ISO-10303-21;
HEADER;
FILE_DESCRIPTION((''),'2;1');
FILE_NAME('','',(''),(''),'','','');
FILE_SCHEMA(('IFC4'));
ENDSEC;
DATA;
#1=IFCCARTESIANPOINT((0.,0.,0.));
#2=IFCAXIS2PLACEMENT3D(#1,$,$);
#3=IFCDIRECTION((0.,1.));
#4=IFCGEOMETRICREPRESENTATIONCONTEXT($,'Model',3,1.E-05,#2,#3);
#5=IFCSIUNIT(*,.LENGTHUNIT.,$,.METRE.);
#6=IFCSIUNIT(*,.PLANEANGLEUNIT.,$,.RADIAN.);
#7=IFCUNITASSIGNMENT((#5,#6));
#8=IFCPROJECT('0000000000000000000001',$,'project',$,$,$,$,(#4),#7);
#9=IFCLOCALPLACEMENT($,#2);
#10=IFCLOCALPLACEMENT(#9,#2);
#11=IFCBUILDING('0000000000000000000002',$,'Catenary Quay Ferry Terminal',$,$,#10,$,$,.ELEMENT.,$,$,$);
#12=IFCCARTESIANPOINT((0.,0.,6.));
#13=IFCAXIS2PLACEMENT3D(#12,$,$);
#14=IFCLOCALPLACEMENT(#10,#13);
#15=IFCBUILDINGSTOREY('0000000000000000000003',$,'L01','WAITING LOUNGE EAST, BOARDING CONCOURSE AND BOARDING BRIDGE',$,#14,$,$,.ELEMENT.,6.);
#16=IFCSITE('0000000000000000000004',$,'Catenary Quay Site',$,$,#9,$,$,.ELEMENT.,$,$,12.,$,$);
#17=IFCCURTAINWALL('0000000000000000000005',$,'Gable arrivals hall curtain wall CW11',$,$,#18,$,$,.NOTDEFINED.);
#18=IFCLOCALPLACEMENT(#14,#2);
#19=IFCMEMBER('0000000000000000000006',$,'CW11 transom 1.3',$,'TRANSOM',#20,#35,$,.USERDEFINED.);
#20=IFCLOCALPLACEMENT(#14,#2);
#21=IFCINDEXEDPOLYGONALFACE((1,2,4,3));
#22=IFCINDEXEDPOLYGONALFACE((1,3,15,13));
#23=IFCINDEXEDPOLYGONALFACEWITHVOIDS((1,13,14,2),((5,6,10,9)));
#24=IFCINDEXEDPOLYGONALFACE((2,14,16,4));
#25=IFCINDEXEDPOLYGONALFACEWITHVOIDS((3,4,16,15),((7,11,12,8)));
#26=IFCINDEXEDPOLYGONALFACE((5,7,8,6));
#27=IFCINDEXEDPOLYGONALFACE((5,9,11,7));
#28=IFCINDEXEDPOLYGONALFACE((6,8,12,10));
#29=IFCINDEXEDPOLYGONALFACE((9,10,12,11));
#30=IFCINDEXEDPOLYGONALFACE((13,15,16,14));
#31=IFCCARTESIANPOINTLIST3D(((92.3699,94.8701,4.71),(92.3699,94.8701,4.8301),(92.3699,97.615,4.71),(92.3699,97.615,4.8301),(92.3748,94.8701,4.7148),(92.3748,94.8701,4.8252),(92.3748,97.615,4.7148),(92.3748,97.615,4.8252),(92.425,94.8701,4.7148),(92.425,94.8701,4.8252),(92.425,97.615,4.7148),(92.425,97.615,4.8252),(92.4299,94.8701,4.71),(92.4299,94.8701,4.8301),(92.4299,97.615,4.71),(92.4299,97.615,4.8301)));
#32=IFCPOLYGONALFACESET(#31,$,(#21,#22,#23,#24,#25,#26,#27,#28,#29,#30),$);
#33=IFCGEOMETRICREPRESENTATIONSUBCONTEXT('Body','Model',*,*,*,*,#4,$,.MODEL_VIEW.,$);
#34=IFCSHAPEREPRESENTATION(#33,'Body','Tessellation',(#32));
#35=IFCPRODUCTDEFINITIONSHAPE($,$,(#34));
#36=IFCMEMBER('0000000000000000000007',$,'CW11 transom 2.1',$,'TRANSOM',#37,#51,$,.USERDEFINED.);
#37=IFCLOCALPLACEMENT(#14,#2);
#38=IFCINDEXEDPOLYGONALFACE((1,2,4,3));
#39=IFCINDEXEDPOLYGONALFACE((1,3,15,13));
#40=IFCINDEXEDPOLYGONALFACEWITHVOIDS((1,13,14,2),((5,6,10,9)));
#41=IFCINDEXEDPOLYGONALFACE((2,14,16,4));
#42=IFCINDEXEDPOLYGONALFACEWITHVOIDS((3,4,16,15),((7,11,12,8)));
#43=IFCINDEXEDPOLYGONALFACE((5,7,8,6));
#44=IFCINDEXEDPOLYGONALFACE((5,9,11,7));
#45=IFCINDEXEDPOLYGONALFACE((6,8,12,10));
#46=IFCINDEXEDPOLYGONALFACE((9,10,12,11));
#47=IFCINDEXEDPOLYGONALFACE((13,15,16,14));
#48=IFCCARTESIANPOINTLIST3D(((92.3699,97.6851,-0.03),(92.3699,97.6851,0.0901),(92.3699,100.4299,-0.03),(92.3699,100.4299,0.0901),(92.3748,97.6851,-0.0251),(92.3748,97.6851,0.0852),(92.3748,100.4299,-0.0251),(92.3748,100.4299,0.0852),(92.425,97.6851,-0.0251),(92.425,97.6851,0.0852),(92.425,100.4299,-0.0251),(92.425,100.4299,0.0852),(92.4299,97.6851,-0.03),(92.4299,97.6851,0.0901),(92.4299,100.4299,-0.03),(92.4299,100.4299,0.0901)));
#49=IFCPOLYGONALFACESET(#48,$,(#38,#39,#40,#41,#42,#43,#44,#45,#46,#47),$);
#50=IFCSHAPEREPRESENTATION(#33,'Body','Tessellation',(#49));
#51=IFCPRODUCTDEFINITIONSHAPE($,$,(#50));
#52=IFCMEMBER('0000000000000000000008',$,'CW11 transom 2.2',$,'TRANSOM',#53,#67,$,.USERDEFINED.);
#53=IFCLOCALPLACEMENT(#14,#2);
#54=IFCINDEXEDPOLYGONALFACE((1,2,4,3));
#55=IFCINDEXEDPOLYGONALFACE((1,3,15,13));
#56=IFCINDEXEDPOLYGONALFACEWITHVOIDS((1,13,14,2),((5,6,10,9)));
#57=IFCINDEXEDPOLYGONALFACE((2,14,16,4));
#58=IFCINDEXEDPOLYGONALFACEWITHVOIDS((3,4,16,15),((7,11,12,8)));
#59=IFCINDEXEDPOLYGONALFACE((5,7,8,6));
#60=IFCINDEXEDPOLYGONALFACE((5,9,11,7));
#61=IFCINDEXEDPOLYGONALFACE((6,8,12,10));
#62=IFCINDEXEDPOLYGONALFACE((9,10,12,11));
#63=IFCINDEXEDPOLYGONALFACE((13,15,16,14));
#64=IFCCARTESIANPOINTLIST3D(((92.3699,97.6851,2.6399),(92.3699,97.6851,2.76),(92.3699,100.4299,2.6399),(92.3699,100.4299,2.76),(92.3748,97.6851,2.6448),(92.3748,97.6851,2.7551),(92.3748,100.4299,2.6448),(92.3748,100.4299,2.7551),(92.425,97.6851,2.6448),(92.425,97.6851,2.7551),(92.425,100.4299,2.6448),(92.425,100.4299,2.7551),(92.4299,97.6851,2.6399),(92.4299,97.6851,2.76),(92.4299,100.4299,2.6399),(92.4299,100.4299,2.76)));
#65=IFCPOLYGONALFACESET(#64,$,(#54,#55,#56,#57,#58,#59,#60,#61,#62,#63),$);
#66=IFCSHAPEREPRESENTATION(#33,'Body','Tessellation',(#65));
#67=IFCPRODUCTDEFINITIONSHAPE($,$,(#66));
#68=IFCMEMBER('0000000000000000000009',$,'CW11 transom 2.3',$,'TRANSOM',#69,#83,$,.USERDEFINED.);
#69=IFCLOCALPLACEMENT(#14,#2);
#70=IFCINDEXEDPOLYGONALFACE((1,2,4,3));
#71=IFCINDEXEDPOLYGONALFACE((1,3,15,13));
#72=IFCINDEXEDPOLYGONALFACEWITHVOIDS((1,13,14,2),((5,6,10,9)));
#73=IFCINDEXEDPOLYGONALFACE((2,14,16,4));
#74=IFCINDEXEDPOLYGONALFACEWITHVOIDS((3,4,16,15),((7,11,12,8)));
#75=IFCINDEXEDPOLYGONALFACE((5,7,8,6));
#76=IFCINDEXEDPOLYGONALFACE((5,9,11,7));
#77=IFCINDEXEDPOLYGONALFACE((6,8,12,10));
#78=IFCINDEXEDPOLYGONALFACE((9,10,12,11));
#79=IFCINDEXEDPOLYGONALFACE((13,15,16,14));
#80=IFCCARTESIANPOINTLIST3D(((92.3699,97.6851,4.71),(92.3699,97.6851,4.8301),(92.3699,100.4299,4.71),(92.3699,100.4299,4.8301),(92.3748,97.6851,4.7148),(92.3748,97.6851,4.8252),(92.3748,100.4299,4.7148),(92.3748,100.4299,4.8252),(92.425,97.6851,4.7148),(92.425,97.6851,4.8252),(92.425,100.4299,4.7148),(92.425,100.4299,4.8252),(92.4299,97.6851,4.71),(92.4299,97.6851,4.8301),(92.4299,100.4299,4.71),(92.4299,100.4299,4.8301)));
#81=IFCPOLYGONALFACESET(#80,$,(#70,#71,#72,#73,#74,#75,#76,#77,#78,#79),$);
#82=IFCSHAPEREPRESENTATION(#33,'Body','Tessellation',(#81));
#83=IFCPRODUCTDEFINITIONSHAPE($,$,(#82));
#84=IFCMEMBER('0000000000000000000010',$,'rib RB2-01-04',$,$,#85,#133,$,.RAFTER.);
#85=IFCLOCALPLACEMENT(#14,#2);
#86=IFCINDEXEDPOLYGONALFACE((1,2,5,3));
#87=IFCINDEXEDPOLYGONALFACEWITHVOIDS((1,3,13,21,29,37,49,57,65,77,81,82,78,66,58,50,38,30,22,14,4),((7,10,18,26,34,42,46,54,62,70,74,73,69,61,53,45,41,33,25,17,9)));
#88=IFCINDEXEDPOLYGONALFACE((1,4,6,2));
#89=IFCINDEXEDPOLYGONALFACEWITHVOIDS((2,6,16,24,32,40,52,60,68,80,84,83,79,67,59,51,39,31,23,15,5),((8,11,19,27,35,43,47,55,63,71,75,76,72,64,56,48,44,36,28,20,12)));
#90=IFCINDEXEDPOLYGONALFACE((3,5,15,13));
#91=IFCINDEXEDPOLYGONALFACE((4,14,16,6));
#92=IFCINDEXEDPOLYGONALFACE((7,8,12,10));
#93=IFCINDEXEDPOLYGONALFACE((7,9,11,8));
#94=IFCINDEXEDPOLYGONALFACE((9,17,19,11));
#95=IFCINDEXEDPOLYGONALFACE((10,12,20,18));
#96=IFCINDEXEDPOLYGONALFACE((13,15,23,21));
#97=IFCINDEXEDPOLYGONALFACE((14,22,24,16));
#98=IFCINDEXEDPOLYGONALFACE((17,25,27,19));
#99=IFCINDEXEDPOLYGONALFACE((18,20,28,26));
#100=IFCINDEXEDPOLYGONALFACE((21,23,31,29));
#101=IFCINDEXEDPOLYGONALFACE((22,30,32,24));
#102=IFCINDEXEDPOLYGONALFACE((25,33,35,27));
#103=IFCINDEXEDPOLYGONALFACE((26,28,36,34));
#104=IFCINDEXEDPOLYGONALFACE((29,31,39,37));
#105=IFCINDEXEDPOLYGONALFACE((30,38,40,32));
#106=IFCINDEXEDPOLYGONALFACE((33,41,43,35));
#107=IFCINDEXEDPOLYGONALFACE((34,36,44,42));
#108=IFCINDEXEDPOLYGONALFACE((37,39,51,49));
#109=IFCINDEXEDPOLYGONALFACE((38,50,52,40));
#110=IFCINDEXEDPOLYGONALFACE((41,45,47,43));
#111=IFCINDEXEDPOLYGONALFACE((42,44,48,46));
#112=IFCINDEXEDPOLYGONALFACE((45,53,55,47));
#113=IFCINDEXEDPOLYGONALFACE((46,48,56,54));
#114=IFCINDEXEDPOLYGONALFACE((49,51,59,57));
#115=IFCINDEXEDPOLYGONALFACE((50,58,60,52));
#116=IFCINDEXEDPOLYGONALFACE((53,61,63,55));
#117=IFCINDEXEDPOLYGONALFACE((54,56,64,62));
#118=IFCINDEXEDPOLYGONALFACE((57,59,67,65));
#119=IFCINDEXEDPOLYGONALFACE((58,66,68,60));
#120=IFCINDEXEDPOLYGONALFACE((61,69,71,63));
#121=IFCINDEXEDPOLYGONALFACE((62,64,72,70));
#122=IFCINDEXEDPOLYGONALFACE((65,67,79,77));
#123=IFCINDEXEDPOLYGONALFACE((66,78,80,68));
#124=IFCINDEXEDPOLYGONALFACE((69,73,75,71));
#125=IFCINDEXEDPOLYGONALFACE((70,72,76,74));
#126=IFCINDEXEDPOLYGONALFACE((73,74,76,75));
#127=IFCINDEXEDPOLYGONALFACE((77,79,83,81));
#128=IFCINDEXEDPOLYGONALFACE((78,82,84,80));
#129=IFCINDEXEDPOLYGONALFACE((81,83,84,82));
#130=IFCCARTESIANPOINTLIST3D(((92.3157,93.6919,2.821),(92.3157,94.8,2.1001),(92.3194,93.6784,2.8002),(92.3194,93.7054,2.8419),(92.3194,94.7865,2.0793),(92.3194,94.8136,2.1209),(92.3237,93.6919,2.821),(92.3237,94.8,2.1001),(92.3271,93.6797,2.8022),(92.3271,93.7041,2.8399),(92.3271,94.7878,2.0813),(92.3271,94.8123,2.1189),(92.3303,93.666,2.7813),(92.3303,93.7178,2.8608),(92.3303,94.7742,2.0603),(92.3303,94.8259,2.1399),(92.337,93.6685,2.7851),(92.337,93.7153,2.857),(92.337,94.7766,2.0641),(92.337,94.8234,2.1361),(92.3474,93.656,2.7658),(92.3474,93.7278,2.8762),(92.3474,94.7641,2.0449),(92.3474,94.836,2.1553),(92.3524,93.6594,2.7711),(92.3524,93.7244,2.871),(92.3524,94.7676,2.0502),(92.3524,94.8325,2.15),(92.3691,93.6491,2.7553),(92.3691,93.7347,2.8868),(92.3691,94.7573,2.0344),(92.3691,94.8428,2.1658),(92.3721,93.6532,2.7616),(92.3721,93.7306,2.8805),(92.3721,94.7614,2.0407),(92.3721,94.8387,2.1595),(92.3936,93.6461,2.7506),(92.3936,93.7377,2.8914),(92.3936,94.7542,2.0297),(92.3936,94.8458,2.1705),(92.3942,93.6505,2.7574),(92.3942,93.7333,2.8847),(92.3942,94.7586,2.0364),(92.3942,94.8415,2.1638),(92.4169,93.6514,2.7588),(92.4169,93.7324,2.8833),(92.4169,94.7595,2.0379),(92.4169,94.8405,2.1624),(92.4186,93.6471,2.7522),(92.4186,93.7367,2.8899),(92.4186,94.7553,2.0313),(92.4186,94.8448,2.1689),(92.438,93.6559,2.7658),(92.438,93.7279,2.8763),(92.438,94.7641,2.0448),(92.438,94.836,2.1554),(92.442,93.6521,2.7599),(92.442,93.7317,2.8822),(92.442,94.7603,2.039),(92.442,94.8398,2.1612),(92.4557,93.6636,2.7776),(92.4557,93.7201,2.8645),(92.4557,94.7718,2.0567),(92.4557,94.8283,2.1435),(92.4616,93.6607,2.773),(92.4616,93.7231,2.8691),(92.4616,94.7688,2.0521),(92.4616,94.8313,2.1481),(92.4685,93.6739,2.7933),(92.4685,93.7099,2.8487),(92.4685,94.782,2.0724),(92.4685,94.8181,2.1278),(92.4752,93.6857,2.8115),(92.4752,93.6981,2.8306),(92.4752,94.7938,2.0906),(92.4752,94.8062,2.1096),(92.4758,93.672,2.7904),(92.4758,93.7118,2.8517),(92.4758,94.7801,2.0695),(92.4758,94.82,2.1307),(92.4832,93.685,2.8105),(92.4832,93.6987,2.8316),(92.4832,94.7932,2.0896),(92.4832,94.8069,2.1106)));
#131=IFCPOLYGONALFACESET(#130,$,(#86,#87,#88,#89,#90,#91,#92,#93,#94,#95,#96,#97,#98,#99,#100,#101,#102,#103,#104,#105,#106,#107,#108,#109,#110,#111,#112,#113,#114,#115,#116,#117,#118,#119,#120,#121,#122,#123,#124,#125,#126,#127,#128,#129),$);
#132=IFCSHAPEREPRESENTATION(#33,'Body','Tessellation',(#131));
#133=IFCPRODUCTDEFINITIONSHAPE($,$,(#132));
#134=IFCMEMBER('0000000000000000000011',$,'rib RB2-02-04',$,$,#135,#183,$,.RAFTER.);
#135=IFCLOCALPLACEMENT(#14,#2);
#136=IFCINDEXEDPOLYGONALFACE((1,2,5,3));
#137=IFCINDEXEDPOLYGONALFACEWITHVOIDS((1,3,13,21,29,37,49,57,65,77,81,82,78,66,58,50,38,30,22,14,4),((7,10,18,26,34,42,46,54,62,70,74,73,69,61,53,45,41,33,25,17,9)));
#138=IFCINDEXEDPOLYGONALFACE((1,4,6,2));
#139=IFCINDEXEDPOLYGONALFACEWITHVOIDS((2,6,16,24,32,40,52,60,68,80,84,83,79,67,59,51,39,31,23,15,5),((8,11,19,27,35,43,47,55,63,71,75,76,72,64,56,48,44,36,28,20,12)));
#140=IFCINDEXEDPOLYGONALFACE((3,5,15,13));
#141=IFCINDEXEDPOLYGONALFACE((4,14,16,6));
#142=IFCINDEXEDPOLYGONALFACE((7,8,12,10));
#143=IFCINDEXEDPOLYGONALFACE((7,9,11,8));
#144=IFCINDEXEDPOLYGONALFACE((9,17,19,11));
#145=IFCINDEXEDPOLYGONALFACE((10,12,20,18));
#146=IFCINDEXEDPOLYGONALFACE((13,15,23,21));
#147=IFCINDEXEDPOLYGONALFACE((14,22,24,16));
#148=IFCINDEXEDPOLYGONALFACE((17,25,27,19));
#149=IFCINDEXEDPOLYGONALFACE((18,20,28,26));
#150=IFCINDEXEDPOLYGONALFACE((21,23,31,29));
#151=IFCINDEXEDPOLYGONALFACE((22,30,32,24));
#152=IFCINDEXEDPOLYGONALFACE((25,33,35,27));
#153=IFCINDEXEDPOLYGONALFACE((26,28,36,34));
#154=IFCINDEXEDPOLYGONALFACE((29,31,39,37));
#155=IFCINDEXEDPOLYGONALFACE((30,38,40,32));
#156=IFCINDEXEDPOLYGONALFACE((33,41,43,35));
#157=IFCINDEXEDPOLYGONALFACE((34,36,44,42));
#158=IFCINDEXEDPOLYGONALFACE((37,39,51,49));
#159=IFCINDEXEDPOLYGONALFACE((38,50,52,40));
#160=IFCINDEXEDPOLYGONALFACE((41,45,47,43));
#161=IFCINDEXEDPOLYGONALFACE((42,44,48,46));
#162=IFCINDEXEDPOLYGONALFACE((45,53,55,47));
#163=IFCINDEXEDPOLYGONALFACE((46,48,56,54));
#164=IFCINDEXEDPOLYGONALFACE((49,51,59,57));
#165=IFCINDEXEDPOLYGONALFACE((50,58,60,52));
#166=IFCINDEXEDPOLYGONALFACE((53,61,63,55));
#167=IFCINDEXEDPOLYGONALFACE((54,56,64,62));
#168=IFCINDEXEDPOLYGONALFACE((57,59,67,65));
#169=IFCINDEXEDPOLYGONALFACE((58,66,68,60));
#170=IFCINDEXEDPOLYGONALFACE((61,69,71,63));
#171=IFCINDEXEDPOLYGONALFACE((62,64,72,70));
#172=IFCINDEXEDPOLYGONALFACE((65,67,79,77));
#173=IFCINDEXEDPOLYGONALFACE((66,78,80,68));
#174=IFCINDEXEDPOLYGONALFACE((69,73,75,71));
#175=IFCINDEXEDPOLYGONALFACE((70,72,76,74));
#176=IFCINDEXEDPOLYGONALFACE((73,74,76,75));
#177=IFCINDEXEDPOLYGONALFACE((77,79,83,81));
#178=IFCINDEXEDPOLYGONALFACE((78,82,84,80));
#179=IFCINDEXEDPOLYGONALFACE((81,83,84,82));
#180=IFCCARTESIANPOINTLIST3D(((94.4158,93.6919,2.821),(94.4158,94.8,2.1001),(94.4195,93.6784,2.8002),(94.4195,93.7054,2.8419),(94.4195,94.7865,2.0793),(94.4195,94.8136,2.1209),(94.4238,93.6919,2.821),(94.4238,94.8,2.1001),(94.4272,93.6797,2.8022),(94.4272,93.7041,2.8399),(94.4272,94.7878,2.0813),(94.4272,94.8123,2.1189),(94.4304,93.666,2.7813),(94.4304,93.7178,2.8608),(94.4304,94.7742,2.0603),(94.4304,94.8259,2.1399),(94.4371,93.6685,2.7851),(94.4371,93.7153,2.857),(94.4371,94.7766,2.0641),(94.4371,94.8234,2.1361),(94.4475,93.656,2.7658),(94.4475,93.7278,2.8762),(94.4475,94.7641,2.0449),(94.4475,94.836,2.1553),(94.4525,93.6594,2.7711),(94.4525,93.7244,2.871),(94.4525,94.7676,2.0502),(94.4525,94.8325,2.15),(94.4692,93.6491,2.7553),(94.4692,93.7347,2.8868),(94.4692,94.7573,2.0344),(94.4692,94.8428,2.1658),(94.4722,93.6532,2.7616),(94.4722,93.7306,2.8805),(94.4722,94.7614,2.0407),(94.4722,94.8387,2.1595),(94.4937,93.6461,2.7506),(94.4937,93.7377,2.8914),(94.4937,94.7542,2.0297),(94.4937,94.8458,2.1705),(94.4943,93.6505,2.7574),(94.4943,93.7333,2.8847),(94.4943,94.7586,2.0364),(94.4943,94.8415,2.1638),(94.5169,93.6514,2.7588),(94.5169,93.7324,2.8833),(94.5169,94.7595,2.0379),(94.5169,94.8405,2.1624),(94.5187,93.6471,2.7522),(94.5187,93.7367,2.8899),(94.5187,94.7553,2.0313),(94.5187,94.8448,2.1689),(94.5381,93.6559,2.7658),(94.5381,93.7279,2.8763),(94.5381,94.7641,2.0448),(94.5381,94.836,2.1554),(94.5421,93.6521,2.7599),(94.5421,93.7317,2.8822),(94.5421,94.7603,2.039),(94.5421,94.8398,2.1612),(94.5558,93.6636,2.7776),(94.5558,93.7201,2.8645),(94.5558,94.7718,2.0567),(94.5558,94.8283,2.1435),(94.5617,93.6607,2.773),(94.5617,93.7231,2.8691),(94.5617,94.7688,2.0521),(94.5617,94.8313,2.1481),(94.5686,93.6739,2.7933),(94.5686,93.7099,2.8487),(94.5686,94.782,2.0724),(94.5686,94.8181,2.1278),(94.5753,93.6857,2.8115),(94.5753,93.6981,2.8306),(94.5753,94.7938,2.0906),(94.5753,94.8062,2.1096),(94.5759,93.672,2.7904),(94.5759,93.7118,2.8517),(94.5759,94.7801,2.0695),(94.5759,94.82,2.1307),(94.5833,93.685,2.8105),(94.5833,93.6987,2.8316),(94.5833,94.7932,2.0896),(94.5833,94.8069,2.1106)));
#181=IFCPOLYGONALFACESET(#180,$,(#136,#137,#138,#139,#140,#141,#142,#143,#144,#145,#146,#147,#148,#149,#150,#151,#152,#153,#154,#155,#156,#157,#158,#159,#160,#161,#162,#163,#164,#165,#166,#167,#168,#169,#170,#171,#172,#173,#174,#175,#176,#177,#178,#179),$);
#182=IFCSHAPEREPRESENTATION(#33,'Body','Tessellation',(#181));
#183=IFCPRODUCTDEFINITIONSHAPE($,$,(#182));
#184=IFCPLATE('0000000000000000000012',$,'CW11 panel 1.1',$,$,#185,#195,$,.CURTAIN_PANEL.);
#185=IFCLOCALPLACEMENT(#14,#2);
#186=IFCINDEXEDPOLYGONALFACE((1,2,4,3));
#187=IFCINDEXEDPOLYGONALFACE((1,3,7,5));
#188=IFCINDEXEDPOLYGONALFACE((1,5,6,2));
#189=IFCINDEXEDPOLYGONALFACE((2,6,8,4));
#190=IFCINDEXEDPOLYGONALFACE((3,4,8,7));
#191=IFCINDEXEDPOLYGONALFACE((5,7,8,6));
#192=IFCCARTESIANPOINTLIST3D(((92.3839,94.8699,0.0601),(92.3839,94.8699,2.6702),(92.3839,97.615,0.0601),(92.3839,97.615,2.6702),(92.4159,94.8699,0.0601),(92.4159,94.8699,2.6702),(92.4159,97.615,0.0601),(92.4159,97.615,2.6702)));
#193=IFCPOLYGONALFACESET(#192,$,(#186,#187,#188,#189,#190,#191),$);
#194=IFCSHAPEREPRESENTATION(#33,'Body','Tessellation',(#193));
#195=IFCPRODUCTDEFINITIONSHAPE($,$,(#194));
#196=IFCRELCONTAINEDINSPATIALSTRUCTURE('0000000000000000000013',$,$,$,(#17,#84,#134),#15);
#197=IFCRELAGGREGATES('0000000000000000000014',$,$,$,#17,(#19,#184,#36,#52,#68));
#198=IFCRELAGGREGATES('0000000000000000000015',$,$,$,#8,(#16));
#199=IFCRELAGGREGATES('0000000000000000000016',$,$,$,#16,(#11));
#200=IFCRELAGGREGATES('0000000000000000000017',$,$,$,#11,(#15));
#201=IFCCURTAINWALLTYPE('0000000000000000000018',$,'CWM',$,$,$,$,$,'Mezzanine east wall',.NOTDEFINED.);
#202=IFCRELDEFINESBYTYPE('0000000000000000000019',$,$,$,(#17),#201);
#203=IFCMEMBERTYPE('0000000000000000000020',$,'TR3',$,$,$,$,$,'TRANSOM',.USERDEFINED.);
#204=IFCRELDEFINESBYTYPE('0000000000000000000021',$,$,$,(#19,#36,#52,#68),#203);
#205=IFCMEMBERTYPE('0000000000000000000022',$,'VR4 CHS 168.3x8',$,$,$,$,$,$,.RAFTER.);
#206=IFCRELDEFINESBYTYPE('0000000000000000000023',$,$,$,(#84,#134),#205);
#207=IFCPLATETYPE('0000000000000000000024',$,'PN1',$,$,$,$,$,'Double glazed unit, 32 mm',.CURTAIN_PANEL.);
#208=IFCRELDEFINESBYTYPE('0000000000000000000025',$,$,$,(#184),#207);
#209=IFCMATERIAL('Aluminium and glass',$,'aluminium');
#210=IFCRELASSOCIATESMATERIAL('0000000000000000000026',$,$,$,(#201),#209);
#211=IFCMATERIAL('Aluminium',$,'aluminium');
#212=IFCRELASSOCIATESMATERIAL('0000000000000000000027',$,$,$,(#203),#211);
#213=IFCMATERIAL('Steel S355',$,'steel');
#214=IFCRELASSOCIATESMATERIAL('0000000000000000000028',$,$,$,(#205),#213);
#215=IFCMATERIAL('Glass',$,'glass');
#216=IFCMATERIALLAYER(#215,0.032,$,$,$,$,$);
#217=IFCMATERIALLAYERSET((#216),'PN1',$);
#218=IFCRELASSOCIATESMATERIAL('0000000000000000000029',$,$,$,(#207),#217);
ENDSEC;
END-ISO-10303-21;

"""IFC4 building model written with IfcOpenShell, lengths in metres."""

from ifc_helpers import new_model, si_unit, direction, frame, origin, origin_2d, place, context, subcontext, project, spatial, rectangle, hollow_rectangle, hollow_circle, extrude, material, layer, layer_set, material_profile, profile_set, type_object, element, aggregate, save


model = new_model("IFC4")

# Units and contexts
model_context = context("Model", 3, precision=1e-05, world=origin(), true_north=direction((0.0, 1.0)))
body_context = subcontext(model_context, "Body", "Model", "MODEL_VIEW")
ifc_project = project(units=[si_unit("LENGTHUNIT", "METRE"), si_unit("PLANEANGLEUNIT", "RADIAN")], contexts=[model_context])

# Site, building, storey
site_placement = place(None, origin())
site = spatial("IfcSite", under=ifc_project, at=site_placement, Name="Catenary Quay Site", CompositionType="ELEMENT", RefElevation=12.0)
building_placement = place(site_placement, origin())
building = spatial("IfcBuilding", under=site, at=building_placement, Name="Catenary Quay Ferry Terminal", CompositionType="ELEMENT")
storey_placement = place(building_placement, frame((0.0, 0.0, 6.0)))
storey = spatial("IfcBuildingStorey", under=building, at=storey_placement, Name="L01", Description="WAITING LOUNGE EAST, BOARDING CONCOURSE AND BOARDING BRIDGE", CompositionType="ELEMENT", Elevation=6.0)

# Curtain wall
ifc_material_1 = material(Name="Aluminium and glass", Category="aluminium")
curtain_wall_type_1 = type_object("IfcCurtainWallType", Name="CWM", ElementType="Mezzanine east wall", PredefinedType="NOTDEFINED", material=ifc_material_1)
curtain_wall_1_placement = place(storey_placement, origin())
curtain_wall_1 = element("IfcCurtainWall", 1, at=curtain_wall_1_placement, inside=storey, type_object=curtain_wall_type_1, Name="Gable arrivals hall curtain wall CW11", PredefinedType="NOTDEFINED")

# Members
ifc_material_2 = material(Name="Aluminium", Category="aluminium")
ifc_material_profile_1 = material_profile(ifc_material_2, hollow_rectangle(XDim=0.0601, YDim=0.1201, WallThickness=0.0049, at=origin_2d()), Name="TR3")
ifc_profile_set_1 = profile_set([ifc_material_profile_1], Name="Aluminium")
member_type_1 = type_object("IfcMemberType", Name="TR3", ElementType="TRANSOM", PredefinedType="USERDEFINED", material=ifc_profile_set_1)
member_1_placement = place(storey_placement, frame((92.3999, 94.8701, 4.77), z_axis=(0.0, 1.0, 0.0), x_axis=(-1.0, 0.0, 0.0)))
member_1 = element("IfcMember", 2, at=member_1_placement, type_object=member_type_1, Name="CW11 transom 1.3", ObjectType="TRANSOM", PredefinedType="USERDEFINED", context=body_context, shape_type="SweptSolid", body=[
    extrude(hollow_rectangle(XDim=0.0601, YDim=0.1201, WallThickness=0.0049, at=origin_2d()), origin(), (0.0, 0.0, 1.0), 2.7449),
])
member_2_placement = place(storey_placement, frame((92.3999, 97.6851, 0.03), z_axis=(0.0, 1.0, 0.0), x_axis=(-1.0, 0.0, 0.0)))
member_2 = element("IfcMember", 3, at=member_2_placement, type_object=member_type_1, Name="CW11 transom 2.1", ObjectType="TRANSOM", PredefinedType="USERDEFINED", context=body_context, shape_type="SweptSolid", body=[
    extrude(hollow_rectangle(XDim=0.0601, YDim=0.1201, WallThickness=0.0049, at=origin_2d()), origin(), (0.0, 0.0, 1.0), 2.7449),
])
member_3_placement = place(storey_placement, frame((92.3999, 97.6851, 2.7), z_axis=(0.0, 1.0, 0.0), x_axis=(-1.0, 0.0, 0.0)))
member_3 = element("IfcMember", 4, at=member_3_placement, type_object=member_type_1, Name="CW11 transom 2.2", ObjectType="TRANSOM", PredefinedType="USERDEFINED", context=body_context, shape_type="SweptSolid", body=[
    extrude(hollow_rectangle(XDim=0.0601, YDim=0.1201, WallThickness=0.0049, at=origin_2d()), origin(), (0.0, 0.0, 1.0), 2.7449),
])
member_4_placement = place(storey_placement, frame((92.3999, 97.6851, 4.77), z_axis=(0.0, 1.0, 0.0), x_axis=(-1.0, 0.0, 0.0)))
member_4 = element("IfcMember", 5, at=member_4_placement, type_object=member_type_1, Name="CW11 transom 2.3", ObjectType="TRANSOM", PredefinedType="USERDEFINED", context=body_context, shape_type="SweptSolid", body=[
    extrude(hollow_rectangle(XDim=0.0601, YDim=0.1201, WallThickness=0.0049, at=origin_2d()), origin(), (0.0, 0.0, 1.0), 2.7449),
])

# Members
ifc_material_3 = material(Name="Steel S355", Category="steel")
ifc_material_profile_2 = material_profile(ifc_material_3, hollow_circle(Radius=0.0842, WallThickness=0.0081, at=origin_2d()), Name="CHS 168.3x8")
ifc_profile_set_2 = profile_set([ifc_material_profile_2], Name="Steel S355")
member_type_2 = type_object("IfcMemberType", Name="VR4 CHS 168.3x8", PredefinedType="RAFTER", material=ifc_profile_set_2)
for number, where, z_axis, x_axis, name in (
    (6, (92.3999, 93.6919, 2.821), (0.0, 0.83822, -0.545332), (-1.0, 0.0, 0.0), "rib RB2-01-04"),
    (7, (94.5, 93.6919, 2.821), (0.0, 0.83822, -0.545332), (-1.0, 0.0, 0.0), "rib RB2-02-04"),
):
    element("IfcMember", number, at=place(storey_placement, frame(where, z_axis=z_axis, x_axis=x_axis)), inside=storey, type_object=member_type_2, Name=name, PredefinedType="RAFTER", context=body_context, shape_type="SweptSolid", body=[
        extrude(hollow_circle(Radius=0.0842, WallThickness=0.0081, at=origin_2d()), origin(), (0.0, 0.0, 1.0), 1.322),
    ])

# Plate
ifc_material_4 = material(Name="Glass", Category="glass")
ifc_layer_1 = layer(ifc_material_4, 0.032)
ifc_layer_set_1 = layer_set([ifc_layer_1], Name="PN1")
plate_type_1 = type_object("IfcPlateType", Name="PN1", ElementType="Double glazed unit, 32 mm", PredefinedType="CURTAIN_PANEL", material=ifc_layer_set_1)
plate_1_placement = place(storey_placement, frame((92.3999, 96.2424, 0.0601), z_axis=(0.0, 0.0, 1.0), x_axis=(0.0, 1.0, 0.0)))
plate_1 = element("IfcPlate", 8, at=plate_1_placement, type_object=plate_type_1, Name="CW11 panel 1.1", PredefinedType="CURTAIN_PANEL", context=body_context, shape_type="SweptSolid", body=[
    extrude(rectangle(XDim=2.7451, YDim=0.032, at=origin_2d()), origin(), (0.0, 0.0, 1.0), 2.6101),
])
aggregate(curtain_wall_1, [member_1, plate_1, member_2, member_3, member_4])

save(model, "model.ifc")
